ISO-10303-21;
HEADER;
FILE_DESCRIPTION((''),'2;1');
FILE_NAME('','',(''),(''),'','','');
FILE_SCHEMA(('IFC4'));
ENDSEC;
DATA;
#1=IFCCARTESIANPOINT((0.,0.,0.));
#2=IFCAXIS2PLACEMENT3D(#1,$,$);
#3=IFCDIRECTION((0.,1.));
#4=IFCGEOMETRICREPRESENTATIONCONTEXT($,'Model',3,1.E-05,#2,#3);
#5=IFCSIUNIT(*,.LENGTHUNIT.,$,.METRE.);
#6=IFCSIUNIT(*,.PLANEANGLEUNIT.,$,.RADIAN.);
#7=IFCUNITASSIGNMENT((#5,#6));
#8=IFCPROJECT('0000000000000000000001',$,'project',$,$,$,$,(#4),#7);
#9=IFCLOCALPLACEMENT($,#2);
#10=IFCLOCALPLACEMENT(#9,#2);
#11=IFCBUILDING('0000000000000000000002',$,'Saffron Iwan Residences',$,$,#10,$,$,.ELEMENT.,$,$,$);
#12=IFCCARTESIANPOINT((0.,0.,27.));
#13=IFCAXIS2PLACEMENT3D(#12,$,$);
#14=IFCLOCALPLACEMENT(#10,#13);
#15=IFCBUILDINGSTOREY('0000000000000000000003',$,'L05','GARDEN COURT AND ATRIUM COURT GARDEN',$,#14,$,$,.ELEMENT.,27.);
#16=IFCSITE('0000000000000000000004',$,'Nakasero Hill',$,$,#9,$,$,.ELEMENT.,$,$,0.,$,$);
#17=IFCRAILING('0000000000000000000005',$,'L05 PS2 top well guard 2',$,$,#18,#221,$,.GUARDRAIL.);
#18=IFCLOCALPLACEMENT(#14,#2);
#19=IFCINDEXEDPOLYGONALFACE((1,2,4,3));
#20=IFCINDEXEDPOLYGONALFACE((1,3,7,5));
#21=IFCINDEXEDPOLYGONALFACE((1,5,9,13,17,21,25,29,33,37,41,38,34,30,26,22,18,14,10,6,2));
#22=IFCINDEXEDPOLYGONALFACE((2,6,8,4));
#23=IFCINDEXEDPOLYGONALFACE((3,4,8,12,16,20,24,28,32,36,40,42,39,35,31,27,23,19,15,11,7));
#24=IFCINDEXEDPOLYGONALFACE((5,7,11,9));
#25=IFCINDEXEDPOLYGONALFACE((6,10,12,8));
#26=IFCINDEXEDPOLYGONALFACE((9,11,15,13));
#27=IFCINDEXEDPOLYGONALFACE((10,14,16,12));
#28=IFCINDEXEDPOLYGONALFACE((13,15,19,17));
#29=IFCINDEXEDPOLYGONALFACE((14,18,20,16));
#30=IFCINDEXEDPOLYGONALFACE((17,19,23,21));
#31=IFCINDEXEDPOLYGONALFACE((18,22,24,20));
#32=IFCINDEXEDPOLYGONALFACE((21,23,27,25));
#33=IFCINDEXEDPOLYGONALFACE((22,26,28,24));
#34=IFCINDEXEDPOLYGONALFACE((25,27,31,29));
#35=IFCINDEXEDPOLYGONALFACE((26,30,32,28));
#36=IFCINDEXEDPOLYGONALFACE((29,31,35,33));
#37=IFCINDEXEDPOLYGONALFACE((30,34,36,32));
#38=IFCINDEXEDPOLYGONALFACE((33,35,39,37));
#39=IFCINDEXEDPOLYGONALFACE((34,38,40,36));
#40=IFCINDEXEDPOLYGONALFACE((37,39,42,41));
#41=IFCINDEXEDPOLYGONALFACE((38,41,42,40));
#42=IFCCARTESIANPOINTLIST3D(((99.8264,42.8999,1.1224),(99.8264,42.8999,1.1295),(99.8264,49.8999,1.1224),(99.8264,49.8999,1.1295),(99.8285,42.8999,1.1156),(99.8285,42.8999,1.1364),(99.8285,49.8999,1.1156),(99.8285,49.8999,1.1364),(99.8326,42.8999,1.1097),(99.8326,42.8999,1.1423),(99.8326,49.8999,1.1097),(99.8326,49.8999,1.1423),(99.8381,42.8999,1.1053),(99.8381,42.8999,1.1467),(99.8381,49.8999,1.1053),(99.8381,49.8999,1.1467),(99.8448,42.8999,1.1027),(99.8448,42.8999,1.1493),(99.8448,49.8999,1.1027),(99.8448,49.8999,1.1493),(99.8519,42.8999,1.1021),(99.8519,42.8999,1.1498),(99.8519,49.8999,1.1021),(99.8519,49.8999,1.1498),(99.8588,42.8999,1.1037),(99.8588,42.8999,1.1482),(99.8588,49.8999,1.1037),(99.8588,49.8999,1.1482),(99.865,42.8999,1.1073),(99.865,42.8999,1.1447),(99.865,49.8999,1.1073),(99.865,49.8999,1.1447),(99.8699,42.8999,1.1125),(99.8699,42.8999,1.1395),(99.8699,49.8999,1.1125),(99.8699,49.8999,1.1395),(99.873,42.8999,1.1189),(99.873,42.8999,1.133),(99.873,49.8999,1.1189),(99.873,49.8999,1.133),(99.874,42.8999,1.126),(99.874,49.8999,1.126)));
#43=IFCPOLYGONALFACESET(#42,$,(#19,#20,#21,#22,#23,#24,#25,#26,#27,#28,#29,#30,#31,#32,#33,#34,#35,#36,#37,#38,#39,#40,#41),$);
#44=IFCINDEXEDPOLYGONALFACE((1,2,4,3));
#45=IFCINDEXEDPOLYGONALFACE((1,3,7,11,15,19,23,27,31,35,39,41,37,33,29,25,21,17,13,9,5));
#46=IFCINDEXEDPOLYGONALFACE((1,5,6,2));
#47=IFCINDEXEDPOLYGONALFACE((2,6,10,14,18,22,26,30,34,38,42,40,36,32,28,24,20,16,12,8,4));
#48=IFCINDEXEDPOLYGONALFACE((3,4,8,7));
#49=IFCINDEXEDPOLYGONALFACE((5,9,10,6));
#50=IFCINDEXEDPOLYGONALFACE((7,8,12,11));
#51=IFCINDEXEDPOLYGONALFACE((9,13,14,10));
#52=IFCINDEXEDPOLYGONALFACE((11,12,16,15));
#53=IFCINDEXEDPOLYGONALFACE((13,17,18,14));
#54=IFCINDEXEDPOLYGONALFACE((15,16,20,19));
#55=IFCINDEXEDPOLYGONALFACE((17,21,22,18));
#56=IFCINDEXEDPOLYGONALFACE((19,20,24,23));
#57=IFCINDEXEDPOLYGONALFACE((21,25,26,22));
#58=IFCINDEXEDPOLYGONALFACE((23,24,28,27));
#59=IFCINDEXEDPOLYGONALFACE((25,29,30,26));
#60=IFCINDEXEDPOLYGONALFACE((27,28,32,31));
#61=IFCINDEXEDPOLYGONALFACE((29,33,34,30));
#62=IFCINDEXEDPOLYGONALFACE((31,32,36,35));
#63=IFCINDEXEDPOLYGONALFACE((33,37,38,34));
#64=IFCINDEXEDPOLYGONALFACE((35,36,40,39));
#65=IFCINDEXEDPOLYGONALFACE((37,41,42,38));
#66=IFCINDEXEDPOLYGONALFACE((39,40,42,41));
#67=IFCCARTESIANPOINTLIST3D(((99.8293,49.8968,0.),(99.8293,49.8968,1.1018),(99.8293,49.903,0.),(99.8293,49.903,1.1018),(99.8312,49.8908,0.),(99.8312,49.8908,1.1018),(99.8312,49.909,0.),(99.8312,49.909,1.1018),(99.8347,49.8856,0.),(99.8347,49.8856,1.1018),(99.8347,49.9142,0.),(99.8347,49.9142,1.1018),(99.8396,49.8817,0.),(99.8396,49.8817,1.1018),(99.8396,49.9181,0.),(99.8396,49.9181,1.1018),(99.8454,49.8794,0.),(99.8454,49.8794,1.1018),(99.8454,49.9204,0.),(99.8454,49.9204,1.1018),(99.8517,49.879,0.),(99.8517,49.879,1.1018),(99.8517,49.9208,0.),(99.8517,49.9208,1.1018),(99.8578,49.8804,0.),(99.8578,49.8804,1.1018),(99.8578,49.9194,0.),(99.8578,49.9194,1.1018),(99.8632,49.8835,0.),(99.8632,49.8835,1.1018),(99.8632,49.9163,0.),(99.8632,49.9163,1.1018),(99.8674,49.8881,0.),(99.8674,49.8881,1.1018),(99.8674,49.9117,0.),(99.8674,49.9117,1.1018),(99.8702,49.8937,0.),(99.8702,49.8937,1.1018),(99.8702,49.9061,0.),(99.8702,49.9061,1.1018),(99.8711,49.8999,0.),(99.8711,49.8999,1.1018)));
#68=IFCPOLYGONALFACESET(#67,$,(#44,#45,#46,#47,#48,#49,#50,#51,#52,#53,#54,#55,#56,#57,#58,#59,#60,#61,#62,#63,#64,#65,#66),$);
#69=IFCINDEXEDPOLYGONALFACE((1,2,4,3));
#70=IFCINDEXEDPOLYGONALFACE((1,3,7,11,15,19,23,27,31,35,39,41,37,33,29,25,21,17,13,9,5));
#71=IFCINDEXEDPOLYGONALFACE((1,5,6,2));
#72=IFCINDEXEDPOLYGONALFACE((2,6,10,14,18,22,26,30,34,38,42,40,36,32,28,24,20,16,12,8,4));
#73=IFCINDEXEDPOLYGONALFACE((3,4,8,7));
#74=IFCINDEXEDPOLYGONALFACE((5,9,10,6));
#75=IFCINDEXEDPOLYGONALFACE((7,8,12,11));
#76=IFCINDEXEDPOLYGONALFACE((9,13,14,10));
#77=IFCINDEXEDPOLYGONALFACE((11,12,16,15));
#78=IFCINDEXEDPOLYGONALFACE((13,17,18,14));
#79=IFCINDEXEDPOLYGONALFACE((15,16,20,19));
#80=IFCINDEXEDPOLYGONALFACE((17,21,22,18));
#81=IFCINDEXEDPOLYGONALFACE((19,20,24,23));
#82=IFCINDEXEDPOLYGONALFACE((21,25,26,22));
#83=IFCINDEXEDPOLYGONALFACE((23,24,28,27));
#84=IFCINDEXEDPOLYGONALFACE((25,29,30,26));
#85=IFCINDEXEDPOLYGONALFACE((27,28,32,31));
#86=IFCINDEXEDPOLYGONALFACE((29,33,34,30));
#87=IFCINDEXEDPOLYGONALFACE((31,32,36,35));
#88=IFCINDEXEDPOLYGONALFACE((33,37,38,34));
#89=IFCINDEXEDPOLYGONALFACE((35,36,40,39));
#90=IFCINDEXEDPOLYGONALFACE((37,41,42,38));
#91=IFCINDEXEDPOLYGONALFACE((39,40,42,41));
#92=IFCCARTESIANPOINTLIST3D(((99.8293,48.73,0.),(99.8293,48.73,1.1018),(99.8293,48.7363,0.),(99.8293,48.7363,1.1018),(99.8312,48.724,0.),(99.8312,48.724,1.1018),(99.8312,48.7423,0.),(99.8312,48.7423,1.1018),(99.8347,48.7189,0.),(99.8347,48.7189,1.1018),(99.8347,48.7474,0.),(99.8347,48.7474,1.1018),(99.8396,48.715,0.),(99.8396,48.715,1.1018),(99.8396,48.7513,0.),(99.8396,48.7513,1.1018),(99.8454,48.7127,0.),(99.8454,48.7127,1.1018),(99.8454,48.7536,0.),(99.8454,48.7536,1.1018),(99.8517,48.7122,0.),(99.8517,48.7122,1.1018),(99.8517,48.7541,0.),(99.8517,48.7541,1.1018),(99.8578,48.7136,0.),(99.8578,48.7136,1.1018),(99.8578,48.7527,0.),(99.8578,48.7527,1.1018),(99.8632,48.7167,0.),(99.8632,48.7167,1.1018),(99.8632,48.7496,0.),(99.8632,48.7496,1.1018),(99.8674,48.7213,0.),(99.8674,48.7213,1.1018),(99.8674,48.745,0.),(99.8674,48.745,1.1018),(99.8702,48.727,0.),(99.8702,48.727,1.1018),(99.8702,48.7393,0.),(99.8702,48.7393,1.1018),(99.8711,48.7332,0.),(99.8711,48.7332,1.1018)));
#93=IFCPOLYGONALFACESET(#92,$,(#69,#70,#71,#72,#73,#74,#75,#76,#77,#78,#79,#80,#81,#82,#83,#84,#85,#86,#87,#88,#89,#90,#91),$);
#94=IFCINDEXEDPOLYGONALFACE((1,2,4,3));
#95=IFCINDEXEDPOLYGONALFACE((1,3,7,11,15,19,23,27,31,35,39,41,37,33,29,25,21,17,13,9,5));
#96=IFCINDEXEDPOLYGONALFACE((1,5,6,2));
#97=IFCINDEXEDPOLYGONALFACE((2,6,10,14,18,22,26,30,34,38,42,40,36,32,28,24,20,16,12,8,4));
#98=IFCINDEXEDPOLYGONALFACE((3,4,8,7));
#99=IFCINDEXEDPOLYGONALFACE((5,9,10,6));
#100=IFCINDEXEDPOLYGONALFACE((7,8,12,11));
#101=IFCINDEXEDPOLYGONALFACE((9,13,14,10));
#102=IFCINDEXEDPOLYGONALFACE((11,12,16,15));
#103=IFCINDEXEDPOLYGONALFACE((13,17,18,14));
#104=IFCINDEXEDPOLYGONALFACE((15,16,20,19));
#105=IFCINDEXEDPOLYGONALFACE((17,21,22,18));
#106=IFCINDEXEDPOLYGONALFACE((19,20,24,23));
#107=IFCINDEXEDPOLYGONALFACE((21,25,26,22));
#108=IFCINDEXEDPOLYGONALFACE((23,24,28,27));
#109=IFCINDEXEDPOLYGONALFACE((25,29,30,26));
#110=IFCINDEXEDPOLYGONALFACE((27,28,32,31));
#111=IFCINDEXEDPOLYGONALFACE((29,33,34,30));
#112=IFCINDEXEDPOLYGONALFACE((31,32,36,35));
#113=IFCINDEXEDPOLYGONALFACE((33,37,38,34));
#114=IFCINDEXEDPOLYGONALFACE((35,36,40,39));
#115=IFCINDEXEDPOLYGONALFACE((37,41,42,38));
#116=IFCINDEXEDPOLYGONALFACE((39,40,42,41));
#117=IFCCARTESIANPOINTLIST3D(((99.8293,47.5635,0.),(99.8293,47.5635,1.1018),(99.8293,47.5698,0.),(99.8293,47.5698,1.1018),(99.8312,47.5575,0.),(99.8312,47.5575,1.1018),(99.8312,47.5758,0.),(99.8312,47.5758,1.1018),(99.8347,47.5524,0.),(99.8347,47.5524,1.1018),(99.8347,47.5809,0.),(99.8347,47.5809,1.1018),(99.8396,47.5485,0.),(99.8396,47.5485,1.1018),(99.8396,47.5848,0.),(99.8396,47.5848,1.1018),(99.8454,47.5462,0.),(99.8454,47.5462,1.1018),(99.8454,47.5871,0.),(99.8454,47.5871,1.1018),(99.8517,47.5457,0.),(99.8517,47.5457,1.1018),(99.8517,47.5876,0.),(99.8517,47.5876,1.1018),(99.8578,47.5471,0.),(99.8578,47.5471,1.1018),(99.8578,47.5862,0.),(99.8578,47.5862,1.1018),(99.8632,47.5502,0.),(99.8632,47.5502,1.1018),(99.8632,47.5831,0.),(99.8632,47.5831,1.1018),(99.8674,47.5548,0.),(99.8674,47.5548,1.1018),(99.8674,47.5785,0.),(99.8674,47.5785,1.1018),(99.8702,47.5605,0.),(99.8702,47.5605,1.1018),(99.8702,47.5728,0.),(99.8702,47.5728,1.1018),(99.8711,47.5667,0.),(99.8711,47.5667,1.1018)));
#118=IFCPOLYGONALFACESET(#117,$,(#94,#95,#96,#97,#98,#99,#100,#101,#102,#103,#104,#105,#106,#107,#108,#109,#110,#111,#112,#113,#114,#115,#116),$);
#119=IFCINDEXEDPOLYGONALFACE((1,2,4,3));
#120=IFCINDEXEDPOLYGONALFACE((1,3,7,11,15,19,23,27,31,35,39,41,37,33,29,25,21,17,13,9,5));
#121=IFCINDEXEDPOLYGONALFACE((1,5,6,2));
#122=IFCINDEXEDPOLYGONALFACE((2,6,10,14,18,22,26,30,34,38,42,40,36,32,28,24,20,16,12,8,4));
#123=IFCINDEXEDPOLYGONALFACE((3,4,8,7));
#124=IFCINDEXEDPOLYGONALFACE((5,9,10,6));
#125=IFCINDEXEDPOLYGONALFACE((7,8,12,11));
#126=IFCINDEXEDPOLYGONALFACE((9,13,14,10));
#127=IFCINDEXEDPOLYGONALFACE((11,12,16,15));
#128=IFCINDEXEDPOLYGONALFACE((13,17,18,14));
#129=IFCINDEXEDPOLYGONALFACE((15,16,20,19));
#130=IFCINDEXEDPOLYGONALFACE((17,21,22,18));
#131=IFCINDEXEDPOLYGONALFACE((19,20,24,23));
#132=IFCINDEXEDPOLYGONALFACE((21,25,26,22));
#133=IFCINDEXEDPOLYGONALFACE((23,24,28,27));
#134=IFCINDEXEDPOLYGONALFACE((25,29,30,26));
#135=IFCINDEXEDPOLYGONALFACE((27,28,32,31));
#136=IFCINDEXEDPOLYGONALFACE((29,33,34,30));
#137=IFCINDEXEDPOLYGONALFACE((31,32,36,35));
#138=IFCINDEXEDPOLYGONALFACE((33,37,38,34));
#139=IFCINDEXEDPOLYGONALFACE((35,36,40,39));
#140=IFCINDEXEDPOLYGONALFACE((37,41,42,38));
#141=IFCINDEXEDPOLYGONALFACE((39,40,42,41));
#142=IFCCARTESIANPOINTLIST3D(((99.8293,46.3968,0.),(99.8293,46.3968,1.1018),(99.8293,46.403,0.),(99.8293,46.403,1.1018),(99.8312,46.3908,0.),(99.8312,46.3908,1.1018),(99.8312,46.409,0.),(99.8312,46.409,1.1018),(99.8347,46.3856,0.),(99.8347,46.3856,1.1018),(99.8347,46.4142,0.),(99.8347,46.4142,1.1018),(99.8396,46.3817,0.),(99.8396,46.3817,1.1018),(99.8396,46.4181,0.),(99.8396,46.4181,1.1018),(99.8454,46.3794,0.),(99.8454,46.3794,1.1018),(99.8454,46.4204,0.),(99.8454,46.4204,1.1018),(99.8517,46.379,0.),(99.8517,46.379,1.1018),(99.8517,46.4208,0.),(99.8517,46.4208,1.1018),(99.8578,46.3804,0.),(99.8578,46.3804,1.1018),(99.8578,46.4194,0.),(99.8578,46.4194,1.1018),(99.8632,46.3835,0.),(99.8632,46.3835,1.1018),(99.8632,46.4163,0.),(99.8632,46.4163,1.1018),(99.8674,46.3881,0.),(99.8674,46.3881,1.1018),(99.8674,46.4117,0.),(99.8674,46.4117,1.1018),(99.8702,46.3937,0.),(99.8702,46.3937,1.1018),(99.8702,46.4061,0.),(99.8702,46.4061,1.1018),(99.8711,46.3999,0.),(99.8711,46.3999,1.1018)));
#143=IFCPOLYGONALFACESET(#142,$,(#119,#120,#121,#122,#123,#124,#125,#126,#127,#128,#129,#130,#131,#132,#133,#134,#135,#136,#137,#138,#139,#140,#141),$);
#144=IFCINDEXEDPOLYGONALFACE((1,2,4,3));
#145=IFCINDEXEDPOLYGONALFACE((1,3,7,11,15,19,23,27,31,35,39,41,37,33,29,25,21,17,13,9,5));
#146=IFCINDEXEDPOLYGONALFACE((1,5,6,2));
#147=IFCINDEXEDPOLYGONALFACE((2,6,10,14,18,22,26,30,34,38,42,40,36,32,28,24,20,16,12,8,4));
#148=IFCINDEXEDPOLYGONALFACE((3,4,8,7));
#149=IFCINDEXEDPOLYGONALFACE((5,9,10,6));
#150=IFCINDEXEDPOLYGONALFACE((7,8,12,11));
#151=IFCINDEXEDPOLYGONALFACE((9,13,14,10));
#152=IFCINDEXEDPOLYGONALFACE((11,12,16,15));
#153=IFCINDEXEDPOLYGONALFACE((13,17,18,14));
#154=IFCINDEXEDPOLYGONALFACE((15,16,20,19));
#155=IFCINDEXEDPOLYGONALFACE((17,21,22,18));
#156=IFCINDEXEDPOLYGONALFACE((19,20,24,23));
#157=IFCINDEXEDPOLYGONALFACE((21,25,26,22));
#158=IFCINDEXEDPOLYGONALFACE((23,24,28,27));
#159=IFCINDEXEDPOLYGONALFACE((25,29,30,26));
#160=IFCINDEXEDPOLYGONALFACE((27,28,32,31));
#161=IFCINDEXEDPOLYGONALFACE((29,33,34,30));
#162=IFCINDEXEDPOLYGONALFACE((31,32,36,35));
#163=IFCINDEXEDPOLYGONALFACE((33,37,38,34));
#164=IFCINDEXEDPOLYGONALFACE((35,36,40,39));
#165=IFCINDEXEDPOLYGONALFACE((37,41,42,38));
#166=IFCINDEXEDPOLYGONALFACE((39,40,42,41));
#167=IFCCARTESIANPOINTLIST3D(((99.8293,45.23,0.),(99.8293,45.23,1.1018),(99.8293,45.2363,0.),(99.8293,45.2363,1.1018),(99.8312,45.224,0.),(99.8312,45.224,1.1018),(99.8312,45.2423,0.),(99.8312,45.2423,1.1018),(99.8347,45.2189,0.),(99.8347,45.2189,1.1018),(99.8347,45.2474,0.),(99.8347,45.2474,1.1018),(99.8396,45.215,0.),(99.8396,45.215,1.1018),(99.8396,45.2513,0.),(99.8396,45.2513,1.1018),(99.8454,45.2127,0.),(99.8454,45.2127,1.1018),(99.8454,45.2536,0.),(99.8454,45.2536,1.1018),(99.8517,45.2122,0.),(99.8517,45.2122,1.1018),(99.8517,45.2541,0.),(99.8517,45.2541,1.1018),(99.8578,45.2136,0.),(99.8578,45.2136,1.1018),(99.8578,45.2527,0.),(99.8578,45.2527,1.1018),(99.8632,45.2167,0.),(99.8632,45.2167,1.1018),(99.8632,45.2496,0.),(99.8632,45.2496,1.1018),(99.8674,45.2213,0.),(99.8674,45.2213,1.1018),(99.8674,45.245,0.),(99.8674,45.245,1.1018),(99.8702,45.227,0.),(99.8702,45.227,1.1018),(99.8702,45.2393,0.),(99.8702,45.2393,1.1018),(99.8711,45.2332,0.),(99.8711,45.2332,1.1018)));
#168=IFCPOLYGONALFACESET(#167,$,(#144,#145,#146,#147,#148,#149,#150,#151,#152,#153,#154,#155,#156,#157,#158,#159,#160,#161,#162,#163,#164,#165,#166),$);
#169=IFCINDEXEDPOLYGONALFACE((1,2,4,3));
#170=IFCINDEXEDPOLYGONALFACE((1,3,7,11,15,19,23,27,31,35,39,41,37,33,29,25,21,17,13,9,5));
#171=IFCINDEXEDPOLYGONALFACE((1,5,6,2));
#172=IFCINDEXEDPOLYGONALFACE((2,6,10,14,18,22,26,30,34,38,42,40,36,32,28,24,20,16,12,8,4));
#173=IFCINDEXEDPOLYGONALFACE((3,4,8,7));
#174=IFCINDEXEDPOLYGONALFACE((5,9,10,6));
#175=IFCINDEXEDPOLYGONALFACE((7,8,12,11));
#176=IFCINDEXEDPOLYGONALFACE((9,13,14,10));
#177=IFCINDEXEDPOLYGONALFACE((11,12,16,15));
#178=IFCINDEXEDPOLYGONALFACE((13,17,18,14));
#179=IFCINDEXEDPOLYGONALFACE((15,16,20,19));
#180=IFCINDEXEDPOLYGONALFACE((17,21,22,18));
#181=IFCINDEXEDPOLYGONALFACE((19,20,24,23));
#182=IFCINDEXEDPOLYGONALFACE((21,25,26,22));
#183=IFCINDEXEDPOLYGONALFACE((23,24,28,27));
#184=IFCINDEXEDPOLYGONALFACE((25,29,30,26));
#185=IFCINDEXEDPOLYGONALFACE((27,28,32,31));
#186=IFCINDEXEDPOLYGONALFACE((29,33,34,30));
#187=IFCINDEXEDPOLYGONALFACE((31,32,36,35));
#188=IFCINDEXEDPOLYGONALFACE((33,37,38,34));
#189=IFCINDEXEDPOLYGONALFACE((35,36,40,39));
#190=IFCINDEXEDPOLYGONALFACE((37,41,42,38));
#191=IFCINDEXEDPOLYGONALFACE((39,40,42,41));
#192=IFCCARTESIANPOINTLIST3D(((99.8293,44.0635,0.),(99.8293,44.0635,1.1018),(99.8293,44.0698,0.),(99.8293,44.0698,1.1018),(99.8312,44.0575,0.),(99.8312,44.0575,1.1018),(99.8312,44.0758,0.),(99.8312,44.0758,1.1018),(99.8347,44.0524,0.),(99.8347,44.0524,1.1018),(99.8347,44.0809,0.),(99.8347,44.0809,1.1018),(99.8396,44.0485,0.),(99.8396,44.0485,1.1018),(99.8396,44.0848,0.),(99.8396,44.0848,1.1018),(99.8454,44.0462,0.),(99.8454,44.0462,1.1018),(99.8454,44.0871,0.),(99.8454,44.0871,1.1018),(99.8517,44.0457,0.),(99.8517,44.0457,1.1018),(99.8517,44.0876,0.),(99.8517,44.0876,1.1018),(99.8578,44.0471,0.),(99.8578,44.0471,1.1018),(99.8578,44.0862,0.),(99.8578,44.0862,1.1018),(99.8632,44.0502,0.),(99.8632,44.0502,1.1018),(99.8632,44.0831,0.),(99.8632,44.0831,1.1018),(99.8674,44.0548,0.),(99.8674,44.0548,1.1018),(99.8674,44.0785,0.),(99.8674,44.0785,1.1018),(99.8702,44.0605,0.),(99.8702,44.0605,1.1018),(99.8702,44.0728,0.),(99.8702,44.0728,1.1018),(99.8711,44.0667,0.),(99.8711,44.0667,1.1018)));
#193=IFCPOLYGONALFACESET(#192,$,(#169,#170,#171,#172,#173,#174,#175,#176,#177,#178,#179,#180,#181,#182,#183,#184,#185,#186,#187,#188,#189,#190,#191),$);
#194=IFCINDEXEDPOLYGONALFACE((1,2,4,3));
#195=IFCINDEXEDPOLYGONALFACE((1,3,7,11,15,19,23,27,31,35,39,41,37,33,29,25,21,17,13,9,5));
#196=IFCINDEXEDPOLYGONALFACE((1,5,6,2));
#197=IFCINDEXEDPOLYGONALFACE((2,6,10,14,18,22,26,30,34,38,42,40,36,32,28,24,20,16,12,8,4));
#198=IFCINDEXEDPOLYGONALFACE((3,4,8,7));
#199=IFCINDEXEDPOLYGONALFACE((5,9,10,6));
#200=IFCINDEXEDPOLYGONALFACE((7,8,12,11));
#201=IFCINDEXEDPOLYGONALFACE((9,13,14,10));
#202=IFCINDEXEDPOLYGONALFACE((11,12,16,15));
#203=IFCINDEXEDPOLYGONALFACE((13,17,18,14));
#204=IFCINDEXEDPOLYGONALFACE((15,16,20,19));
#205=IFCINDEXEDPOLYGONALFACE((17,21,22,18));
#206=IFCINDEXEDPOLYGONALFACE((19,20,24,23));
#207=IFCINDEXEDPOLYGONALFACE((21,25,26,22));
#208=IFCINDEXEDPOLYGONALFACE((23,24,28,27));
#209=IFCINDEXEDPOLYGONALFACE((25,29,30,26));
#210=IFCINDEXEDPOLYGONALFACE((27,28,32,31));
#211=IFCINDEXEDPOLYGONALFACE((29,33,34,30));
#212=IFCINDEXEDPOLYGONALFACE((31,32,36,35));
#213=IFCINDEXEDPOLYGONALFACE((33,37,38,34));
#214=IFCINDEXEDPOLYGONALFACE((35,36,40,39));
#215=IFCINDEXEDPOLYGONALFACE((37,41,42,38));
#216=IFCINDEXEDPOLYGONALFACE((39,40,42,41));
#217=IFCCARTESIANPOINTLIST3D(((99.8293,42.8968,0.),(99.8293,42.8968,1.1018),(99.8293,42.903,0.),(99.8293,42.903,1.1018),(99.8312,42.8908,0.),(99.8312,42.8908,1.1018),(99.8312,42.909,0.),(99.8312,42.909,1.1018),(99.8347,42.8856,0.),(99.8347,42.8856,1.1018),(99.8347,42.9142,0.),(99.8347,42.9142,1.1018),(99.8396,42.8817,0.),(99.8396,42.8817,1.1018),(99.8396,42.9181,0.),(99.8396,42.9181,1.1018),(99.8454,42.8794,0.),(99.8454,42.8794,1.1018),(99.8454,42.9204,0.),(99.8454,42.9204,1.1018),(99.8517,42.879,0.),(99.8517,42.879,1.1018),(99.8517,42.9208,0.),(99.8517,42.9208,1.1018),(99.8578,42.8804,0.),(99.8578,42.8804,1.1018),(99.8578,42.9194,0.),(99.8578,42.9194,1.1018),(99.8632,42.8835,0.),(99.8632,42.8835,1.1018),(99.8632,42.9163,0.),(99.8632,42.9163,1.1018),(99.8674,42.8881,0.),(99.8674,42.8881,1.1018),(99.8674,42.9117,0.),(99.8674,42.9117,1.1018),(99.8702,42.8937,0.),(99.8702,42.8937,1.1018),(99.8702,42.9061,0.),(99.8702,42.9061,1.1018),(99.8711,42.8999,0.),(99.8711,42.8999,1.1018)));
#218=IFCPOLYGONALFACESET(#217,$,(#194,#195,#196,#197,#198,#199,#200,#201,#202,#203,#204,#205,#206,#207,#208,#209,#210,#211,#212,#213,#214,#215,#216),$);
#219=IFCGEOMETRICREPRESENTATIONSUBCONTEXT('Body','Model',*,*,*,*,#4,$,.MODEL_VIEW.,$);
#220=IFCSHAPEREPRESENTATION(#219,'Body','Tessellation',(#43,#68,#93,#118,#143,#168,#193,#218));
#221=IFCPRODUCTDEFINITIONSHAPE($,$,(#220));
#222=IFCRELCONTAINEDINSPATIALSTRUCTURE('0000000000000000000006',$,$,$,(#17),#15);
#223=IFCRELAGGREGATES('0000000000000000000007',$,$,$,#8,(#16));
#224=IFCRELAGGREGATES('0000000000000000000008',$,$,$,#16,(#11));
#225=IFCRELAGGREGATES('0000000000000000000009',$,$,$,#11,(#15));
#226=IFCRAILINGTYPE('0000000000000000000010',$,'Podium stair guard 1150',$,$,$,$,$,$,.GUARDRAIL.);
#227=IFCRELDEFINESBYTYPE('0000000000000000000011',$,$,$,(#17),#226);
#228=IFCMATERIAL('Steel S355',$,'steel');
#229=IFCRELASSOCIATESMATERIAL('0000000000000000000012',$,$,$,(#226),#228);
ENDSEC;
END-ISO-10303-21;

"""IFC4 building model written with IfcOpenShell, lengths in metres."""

from ifc_helpers import new_model, si_unit, direction, frame, origin, origin_2d, place, context, subcontext, project, spatial, circle, extrude, material, type_object, element, save


model = new_model("IFC4")

# Units and contexts
model_context = context("Model", 3, precision=1e-05, world=origin(), true_north=direction((0.0, 1.0)))
body_context = subcontext(model_context, "Body", "Model", "MODEL_VIEW")
ifc_project = project(units=[si_unit("LENGTHUNIT", "METRE"), si_unit("PLANEANGLEUNIT", "RADIAN")], contexts=[model_context])

# Site, building, storey
site_placement = place(None, origin())
site = spatial("IfcSite", under=ifc_project, at=site_placement, Name="Nakasero Hill", CompositionType="ELEMENT", RefElevation=0.0)
building_placement = place(site_placement, origin())
building = spatial("IfcBuilding", under=site, at=building_placement, Name="Saffron Iwan Residences", CompositionType="ELEMENT")
storey_placement = place(building_placement, frame((0.0, 0.0, 27.0)))
storey = spatial("IfcBuildingStorey", under=building, at=storey_placement, Name="L05", Description="GARDEN COURT AND ATRIUM COURT GARDEN", CompositionType="ELEMENT", Elevation=27.0)

# Railing
ifc_material_1 = material(Name="Steel S355", Category="steel")
railing_type = type_object("IfcRailingType", Name="Podium stair guard 1150", PredefinedType="GUARDRAIL", material=ifc_material_1)
railing_1_placement = place(storey_placement, frame((99.8501, 49.8999, 0.0)))
element("IfcRailing", 1, at=railing_1_placement, inside=storey, type_object=railing_type, Name="L05 PS2 top well guard 2", PredefinedType="GUARDRAIL", context=body_context, shape_type="SweptSolid", body=[
    extrude(circle(Radius=0.0239, at=origin_2d()), frame((0.0, 0.0, 1.126), z_axis=(0.0, -1.0, 0.0), x_axis=(1.0, 0.0, 0.0)), (0.0, 0.0, 1.0), 7.0),
    extrude(circle(Radius=0.021, at=origin_2d()), origin(), (0.0, 0.0, 1.0), 1.1018),
    extrude(circle(Radius=0.021, at=origin_2d()), frame((0.0, -1.1667, 0.0)), (0.0, 0.0, 1.0), 1.1018),
    extrude(circle(Radius=0.021, at=origin_2d()), frame((0.0, -2.3333, 0.0)), (0.0, 0.0, 1.0), 1.1018),
    extrude(circle(Radius=0.021, at=origin_2d()), frame((0.0, -3.5, 0.0)), (0.0, 0.0, 1.0), 1.1018),
    extrude(circle(Radius=0.021, at=origin_2d()), frame((0.0, -4.6667, 0.0)), (0.0, 0.0, 1.0), 1.1018),
    extrude(circle(Radius=0.021, at=origin_2d()), frame((0.0, -5.8333, 0.0)), (0.0, 0.0, 1.0), 1.1018),
    extrude(circle(Radius=0.021, at=origin_2d()), frame((0.0, -7.0, 0.0)), (0.0, 0.0, 1.0), 1.1018),
])

save(model, "model.ifc")
